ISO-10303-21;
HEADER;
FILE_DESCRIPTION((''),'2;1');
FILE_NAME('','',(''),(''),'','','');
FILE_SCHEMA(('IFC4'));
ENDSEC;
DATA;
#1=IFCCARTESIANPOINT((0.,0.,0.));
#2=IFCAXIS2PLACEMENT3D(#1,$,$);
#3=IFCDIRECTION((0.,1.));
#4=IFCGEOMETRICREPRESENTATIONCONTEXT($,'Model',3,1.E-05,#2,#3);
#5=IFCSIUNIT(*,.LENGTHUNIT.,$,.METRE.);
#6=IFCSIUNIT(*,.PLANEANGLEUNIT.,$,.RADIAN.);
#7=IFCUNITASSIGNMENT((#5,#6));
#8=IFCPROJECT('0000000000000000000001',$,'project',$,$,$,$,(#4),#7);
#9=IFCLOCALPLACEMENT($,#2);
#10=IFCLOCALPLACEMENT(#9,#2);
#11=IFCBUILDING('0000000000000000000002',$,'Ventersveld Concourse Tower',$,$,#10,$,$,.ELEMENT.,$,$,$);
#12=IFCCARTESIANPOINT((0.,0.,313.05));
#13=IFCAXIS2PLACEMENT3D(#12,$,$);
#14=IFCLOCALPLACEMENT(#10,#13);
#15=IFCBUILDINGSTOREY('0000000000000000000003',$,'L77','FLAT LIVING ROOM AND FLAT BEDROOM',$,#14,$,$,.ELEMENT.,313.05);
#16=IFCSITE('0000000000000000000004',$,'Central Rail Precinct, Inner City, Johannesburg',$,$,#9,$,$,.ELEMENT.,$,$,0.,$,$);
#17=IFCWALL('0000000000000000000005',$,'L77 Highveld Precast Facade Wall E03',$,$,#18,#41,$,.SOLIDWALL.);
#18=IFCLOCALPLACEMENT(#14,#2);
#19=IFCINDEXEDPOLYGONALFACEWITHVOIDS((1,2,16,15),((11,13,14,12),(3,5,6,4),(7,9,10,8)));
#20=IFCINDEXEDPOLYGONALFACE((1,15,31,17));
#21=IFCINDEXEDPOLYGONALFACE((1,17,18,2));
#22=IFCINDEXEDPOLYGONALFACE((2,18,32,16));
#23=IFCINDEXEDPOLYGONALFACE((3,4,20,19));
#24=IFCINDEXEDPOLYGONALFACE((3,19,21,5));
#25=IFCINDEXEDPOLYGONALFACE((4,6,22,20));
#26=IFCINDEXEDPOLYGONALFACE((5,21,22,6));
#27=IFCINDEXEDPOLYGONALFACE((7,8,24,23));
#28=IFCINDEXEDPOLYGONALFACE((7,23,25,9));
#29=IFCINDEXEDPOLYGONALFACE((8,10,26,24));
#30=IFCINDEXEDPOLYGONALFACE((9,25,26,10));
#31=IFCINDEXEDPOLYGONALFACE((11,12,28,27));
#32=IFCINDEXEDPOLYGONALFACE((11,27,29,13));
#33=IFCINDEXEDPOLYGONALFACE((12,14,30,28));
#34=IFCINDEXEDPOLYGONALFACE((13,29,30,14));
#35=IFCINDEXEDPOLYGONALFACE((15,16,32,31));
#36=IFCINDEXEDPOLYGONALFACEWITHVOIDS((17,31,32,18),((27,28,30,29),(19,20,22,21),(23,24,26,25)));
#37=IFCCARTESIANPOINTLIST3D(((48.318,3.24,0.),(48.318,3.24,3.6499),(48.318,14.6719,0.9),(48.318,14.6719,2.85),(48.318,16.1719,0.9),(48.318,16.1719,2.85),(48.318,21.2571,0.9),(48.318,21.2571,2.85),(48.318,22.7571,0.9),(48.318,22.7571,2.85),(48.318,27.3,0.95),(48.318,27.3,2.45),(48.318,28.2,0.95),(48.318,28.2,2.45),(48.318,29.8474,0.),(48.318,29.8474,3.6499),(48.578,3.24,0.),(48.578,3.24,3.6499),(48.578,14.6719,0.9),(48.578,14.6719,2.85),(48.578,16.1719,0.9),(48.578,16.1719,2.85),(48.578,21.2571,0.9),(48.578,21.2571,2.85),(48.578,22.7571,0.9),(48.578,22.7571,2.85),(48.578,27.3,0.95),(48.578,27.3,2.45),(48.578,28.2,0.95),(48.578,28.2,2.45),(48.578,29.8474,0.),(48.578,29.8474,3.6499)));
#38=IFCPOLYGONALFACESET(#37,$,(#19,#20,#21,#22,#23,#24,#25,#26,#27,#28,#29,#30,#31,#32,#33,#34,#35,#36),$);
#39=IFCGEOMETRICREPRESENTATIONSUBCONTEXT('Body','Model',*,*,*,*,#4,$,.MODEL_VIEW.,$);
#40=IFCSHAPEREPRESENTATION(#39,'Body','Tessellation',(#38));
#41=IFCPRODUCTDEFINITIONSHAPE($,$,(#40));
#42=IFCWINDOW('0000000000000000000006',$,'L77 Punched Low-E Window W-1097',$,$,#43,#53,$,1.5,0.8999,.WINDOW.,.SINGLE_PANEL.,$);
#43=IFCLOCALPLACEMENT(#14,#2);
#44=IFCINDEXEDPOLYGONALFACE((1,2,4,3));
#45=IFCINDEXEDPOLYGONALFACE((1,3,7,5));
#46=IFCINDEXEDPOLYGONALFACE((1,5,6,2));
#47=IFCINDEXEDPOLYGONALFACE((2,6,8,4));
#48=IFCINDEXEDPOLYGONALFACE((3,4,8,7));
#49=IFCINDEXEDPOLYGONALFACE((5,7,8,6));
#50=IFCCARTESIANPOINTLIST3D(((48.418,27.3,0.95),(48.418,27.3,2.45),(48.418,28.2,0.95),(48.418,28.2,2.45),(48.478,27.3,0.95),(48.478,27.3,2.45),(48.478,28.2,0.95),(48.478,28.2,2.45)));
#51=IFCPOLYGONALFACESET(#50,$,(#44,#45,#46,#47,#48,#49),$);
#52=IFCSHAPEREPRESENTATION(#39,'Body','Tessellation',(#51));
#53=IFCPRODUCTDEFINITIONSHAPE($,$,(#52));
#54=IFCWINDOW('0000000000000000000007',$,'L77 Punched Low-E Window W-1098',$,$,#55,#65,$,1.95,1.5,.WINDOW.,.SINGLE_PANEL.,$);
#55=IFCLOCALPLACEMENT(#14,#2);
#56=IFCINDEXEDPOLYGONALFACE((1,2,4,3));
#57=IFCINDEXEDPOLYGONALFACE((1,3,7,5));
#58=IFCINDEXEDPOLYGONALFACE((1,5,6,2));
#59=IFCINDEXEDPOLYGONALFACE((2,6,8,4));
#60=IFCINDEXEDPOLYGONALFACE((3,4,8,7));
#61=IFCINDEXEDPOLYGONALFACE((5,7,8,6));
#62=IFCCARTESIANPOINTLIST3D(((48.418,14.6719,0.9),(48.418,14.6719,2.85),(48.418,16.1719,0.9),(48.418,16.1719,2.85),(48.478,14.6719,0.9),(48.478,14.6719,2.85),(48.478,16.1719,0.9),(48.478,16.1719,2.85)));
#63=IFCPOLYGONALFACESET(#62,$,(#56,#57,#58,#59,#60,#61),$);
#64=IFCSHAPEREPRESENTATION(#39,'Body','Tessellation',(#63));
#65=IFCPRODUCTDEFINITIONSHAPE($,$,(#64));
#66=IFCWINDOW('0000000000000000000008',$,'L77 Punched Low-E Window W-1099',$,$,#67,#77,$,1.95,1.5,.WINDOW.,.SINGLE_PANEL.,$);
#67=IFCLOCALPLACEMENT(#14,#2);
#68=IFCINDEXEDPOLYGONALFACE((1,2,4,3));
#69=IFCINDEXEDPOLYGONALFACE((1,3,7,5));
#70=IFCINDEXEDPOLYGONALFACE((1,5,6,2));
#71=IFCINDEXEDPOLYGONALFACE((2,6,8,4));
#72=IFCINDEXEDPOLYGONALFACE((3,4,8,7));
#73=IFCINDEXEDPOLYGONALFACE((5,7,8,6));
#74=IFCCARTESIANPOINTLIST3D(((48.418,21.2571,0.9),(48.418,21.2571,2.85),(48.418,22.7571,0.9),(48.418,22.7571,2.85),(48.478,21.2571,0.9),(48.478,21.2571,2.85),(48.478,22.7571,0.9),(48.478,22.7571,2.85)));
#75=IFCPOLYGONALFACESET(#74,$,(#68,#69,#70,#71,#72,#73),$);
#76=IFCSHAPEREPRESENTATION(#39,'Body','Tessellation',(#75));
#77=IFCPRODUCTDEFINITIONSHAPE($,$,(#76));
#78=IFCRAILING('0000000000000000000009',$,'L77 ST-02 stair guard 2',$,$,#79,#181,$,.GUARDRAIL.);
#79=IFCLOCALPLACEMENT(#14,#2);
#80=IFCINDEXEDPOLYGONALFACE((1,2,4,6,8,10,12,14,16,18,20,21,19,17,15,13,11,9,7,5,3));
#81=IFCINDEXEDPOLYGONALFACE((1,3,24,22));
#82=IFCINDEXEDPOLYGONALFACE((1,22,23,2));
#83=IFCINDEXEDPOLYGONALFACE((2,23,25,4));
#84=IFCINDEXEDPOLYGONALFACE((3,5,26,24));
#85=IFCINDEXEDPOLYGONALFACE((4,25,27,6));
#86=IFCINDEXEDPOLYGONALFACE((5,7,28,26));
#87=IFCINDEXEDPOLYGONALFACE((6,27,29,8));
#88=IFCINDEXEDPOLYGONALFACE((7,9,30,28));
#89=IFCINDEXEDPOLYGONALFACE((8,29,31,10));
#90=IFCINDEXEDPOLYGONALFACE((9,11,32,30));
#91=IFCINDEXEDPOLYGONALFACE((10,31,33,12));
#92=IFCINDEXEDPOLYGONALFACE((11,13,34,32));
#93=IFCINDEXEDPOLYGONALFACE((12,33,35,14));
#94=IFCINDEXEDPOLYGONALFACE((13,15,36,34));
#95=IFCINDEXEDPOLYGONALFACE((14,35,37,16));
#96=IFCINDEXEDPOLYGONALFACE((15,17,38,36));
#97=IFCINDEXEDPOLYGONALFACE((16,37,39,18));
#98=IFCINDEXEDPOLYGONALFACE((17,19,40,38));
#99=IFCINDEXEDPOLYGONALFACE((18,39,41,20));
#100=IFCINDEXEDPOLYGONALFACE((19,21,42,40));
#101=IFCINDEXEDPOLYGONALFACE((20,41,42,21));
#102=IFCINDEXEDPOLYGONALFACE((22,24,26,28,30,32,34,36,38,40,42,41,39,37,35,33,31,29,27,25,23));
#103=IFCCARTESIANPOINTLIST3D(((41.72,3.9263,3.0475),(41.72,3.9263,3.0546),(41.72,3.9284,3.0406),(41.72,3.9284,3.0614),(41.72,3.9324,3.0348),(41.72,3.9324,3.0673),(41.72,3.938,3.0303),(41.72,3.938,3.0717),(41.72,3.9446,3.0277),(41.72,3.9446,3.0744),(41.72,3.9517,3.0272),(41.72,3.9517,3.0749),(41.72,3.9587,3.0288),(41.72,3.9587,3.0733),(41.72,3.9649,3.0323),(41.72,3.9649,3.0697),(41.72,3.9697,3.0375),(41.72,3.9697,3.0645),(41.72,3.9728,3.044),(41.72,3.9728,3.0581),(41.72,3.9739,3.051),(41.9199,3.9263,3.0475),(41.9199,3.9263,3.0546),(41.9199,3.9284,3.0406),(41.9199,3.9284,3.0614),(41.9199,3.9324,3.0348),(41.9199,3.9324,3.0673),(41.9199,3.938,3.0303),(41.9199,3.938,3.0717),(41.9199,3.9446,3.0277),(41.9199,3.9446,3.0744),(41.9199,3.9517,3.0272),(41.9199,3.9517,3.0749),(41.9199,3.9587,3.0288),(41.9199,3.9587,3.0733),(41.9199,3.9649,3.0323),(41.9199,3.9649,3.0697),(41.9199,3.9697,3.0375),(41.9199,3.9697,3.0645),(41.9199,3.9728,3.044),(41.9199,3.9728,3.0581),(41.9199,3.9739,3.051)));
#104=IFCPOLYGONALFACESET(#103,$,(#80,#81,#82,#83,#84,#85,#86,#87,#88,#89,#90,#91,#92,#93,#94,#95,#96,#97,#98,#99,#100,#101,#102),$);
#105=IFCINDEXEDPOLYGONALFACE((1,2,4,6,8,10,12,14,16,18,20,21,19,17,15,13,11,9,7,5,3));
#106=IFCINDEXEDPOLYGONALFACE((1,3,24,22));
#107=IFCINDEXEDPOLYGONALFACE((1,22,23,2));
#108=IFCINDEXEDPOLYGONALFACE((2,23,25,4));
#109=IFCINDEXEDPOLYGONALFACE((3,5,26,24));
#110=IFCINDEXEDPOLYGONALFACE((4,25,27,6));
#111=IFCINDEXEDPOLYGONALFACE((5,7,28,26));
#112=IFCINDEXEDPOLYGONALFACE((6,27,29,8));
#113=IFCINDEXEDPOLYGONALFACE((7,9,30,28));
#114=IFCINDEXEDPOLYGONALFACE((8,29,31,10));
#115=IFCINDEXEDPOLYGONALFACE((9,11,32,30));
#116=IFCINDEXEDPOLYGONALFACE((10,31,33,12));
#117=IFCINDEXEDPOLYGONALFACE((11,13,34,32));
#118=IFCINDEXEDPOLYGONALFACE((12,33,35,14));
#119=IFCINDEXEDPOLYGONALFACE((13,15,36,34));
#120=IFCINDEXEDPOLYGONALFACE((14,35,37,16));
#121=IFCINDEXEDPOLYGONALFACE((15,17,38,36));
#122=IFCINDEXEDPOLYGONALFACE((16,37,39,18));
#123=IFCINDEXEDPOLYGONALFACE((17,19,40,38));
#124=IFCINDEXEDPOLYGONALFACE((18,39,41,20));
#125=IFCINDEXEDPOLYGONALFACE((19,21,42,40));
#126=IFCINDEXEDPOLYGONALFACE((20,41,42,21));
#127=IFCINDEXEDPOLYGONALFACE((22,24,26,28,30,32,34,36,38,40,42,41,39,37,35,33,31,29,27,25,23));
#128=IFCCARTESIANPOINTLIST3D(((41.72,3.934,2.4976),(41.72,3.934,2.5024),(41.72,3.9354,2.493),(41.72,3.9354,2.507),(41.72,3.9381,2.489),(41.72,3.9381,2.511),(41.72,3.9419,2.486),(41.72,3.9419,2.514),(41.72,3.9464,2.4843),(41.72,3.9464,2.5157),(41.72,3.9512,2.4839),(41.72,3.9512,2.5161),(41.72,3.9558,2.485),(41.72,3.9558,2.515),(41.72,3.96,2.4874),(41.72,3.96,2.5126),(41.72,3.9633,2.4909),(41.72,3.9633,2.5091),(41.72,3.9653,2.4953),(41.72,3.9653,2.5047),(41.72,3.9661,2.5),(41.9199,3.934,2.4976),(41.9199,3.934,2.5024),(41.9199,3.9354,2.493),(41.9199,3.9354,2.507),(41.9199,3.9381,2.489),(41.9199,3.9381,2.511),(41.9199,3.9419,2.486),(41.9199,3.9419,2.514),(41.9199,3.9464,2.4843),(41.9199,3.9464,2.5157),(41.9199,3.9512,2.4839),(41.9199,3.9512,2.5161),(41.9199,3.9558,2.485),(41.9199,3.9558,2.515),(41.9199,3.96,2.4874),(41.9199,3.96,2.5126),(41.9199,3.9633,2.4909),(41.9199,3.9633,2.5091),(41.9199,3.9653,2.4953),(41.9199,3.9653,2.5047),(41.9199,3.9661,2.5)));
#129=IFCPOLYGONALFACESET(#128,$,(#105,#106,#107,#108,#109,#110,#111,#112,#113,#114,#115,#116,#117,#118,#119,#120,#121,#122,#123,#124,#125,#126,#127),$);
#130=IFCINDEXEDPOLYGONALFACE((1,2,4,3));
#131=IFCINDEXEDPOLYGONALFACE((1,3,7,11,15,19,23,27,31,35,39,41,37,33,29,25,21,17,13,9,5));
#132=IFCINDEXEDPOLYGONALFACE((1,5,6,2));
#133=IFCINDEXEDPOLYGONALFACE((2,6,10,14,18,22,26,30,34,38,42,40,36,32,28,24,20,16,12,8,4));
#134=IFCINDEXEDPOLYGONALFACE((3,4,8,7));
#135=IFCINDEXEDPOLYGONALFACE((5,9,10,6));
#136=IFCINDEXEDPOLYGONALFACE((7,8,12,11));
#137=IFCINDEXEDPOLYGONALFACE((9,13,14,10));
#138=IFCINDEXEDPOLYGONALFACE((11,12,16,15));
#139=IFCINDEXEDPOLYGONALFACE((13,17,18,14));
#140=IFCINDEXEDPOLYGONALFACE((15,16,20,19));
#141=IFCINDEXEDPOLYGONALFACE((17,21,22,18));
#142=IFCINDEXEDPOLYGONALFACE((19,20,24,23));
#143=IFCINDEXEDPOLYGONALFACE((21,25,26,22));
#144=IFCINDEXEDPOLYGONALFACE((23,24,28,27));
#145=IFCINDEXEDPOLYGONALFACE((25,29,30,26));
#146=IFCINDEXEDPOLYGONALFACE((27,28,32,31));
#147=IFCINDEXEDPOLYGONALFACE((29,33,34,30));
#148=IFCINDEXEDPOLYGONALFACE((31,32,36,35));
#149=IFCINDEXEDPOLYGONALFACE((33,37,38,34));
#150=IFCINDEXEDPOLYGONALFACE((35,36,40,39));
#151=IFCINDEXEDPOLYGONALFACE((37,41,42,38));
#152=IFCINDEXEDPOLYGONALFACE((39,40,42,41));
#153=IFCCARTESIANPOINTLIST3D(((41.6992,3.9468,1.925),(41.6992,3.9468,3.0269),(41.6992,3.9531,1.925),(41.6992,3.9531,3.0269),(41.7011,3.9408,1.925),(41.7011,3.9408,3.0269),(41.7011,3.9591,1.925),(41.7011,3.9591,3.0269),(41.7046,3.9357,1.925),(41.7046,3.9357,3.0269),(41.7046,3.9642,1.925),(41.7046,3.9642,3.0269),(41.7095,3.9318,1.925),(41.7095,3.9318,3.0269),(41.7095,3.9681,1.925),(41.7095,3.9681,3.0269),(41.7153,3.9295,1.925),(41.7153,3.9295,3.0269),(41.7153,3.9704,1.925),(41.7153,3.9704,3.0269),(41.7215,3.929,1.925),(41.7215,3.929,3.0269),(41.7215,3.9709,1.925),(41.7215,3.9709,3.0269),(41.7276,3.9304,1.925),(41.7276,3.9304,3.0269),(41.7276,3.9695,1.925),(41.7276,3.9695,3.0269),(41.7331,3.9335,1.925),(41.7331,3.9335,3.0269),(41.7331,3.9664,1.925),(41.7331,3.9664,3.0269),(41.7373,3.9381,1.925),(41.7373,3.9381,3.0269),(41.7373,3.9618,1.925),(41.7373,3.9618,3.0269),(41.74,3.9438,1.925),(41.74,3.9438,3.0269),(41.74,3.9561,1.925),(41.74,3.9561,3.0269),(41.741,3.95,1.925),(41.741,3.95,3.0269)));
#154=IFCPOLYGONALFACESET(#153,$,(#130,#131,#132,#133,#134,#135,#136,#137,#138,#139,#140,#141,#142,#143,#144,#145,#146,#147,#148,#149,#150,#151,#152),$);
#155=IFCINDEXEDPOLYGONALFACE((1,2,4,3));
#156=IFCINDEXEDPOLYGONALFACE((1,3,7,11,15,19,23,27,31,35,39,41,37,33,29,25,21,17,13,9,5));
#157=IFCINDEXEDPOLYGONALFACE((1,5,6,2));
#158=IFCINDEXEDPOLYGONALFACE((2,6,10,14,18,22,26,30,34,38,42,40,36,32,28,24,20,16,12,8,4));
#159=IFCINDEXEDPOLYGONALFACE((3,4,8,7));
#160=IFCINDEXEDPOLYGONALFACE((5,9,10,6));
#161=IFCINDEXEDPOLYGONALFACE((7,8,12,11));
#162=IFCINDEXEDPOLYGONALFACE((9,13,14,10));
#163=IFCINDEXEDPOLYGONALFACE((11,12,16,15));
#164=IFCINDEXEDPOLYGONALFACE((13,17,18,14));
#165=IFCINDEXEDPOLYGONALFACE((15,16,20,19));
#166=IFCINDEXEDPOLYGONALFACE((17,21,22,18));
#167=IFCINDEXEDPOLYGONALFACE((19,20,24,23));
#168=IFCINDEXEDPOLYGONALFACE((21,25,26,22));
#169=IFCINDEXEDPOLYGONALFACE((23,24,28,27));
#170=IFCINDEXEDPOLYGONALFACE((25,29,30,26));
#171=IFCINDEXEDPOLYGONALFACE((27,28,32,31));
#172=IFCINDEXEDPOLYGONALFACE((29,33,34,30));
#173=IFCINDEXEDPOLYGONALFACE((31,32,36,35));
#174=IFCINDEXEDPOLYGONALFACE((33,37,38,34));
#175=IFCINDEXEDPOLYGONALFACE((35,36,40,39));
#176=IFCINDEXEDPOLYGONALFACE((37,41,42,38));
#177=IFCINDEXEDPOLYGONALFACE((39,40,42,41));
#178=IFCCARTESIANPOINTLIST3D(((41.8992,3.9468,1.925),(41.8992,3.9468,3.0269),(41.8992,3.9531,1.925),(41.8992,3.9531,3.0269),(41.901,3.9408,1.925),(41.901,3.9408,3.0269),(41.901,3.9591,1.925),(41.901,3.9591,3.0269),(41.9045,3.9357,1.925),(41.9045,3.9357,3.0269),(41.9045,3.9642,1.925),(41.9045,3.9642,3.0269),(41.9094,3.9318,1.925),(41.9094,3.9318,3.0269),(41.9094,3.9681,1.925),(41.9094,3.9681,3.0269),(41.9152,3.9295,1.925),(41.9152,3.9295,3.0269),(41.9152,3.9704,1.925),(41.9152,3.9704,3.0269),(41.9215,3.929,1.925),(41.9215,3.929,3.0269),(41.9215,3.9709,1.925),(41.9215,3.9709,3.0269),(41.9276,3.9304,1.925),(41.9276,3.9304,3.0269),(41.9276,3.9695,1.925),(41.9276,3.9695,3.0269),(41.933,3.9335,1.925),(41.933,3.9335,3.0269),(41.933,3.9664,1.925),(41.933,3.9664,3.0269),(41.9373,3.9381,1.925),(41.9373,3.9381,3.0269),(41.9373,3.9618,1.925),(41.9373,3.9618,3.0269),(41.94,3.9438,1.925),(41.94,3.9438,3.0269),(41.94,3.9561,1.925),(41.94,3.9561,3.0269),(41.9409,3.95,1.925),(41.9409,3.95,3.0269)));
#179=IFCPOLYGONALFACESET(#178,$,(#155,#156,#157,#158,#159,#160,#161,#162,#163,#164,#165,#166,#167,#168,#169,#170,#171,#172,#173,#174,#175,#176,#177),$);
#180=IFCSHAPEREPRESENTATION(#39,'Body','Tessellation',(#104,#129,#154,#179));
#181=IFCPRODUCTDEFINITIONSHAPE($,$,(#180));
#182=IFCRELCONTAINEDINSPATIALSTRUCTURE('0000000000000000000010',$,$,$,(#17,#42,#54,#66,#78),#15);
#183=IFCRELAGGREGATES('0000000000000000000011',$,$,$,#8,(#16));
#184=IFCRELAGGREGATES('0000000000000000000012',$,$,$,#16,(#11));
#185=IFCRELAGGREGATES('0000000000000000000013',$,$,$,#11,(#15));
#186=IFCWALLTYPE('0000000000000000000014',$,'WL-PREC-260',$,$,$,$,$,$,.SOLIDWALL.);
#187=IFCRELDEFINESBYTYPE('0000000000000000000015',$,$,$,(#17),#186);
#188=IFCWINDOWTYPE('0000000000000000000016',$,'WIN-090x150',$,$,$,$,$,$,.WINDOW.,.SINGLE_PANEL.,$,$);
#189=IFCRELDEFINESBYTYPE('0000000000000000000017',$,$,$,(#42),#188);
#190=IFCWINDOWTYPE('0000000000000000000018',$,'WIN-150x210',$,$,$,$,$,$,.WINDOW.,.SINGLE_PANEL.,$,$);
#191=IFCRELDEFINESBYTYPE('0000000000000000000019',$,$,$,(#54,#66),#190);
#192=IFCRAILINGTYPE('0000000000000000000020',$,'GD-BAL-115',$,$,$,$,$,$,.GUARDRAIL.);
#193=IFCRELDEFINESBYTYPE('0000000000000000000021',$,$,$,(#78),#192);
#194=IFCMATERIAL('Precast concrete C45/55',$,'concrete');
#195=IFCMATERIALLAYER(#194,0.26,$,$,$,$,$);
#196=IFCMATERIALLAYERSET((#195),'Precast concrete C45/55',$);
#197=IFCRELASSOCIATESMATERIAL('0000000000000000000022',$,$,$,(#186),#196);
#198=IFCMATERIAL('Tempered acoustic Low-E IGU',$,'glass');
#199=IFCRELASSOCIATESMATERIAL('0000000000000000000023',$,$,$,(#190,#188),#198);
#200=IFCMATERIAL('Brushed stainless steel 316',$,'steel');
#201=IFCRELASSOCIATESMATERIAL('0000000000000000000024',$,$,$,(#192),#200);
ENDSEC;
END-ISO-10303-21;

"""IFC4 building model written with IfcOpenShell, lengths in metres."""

from ifc_helpers import new_model, si_unit, direction, frame, frame_2d, origin, origin_2d, place, context, subcontext, project, spatial, rectangle, circle, extrude, material, layer, layer_set, type_object, element, fill, save


model = new_model("IFC4")

# Units and contexts
model_context = context("Model", 3, precision=1e-05, world=origin(), true_north=direction((0.0, 1.0)))
body_context = subcontext(model_context, "Body", "Model", "MODEL_VIEW")
ifc_project = project(units=[si_unit("LENGTHUNIT", "METRE"), si_unit("PLANEANGLEUNIT", "RADIAN")], contexts=[model_context])

# Site, building, storey
site_placement = place(None, origin())
site = spatial("IfcSite", under=ifc_project, at=site_placement, Name="Central Rail Precinct, Inner City, Johannesburg", CompositionType="ELEMENT", RefElevation=0.0)
building_placement = place(site_placement, origin())
building = spatial("IfcBuilding", under=site, at=building_placement, Name="Ventersveld Concourse Tower", CompositionType="ELEMENT")
storey_placement = place(building_placement, frame((0.0, 0.0, 313.05)))
storey = spatial("IfcBuildingStorey", under=building, at=storey_placement, Name="L77", Description="FLAT LIVING ROOM AND FLAT BEDROOM", CompositionType="ELEMENT", Elevation=313.05)

# Shared definitions
ifc_material_1 = material(Name="Precast concrete C45/55", Category="concrete")
ifc_layer_1 = layer(ifc_material_1, 0.26)
ifc_layer_set_1 = layer_set([ifc_layer_1], Name="Precast concrete C45/55")
wall_type_1 = type_object("IfcWallType", Name="WL-PREC-260", PredefinedType="SOLIDWALL", material=ifc_layer_set_1)

# Shared definitions
ifc_material_2 = material(Name="Tempered acoustic Low-E IGU", Category="glass")
window_type_1 = type_object("IfcWindowType", Name="WIN-150x210", PartitioningType="SINGLE_PANEL", PredefinedType="WINDOW", material=ifc_material_2)

# Wall, openings, windows
wall_1_placement = place(storey_placement, frame((48.448, 3.24, 0.0), z_axis=(0.0, 0.0, 1.0), x_axis=(0.0, 1.0, 0.0)))
wall_1 = element("IfcWall", 1, at=wall_1_placement, inside=storey, type_object=wall_type_1, Name="L77 Highveld Precast Facade Wall E03", PredefinedType="SOLIDWALL", context=body_context, shape_type="SweptSolid", body=[
    extrude(rectangle(XDim=26.6074, YDim=0.26, at=frame_2d((13.3037, 0.0))), origin(), (0.0, 0.0, 1.0), 3.6499),
])
opening_1_placement = place(wall_1_placement, frame((24.0601, 0.0, 0.95)))
opening_1 = element("IfcOpeningElement", 2, at=opening_1_placement, cuts=wall_1, PredefinedType="OPENING", context=body_context, shape_type="SweptSolid", body=[
    extrude(rectangle(XDim=0.8999, YDim=1.5, at=frame_2d((0.45, 0.75))), frame((0.0, 0.1401, 0.0), z_axis=(0.0, -1.0, 0.0), x_axis=(1.0, 0.0, 0.0)), (0.0, 0.0, 1.0), 0.28),
])
opening_2_placement = place(wall_1_placement, frame((11.4319, 0.0, 0.8999)))
opening_2 = element("IfcOpeningElement", 3, at=opening_2_placement, cuts=wall_1, PredefinedType="OPENING", context=body_context, shape_type="SweptSolid", body=[
    extrude(rectangle(XDim=1.5, YDim=1.95, at=frame_2d((0.75, 0.9751))), frame((0.0, 0.1401, 0.0), z_axis=(0.0, -1.0, 0.0), x_axis=(1.0, 0.0, 0.0)), (0.0, 0.0, 1.0), 0.28),
])
opening_3_placement = place(wall_1_placement, frame((18.0171, 0.0, 0.8999)))
opening_3 = element("IfcOpeningElement", 4, at=opening_3_placement, cuts=wall_1, PredefinedType="OPENING", context=body_context, shape_type="SweptSolid", body=[
    extrude(rectangle(XDim=1.5, YDim=1.95, at=frame_2d((0.75, 0.9751))), frame((0.0, 0.1401, 0.0), z_axis=(0.0, -1.0, 0.0), x_axis=(1.0, 0.0, 0.0)), (0.0, 0.0, 1.0), 0.28),
])
window_type_2 = type_object("IfcWindowType", Name="WIN-090x150", PartitioningType="SINGLE_PANEL", PredefinedType="WINDOW", material=ifc_material_2)
window_1_placement = place(opening_1_placement, origin())
window_1 = element("IfcWindow", 5, at=window_1_placement, inside=storey, type_object=window_type_2, Name="L77 Punched Low-E Window W-1097", OverallHeight=1.5, OverallWidth=0.8999, PartitioningType="SINGLE_PANEL", PredefinedType="WINDOW", context=body_context, shape_type="SweptSolid", body=[
    extrude(rectangle(XDim=0.8999, YDim=1.5, at=frame_2d((0.45, 0.75))), frame((0.0, 0.03, 0.0), z_axis=(0.0, -1.0, 0.0), x_axis=(1.0, 0.0, 0.0)), (0.0, 0.0, 1.0), 0.0601),
])
fill(opening_1, window_1)
window_2_placement = place(opening_2_placement, origin())
window_2 = element("IfcWindow", 6, at=window_2_placement, inside=storey, type_object=window_type_1, Name="L77 Punched Low-E Window W-1098", OverallHeight=1.95, OverallWidth=1.5, PartitioningType="SINGLE_PANEL", PredefinedType="WINDOW", context=body_context, shape_type="SweptSolid", body=[
    extrude(rectangle(XDim=1.5, YDim=1.95, at=frame_2d((0.75, 0.9751))), frame((0.0, 0.03, 0.0), z_axis=(0.0, -1.0, 0.0), x_axis=(1.0, 0.0, 0.0)), (0.0, 0.0, 1.0), 0.0601),
])
fill(opening_2, window_2)
window_3_placement = place(opening_3_placement, origin())
window_3 = element("IfcWindow", 7, at=window_3_placement, inside=storey, type_object=window_type_1, Name="L77 Punched Low-E Window W-1099", OverallHeight=1.95, OverallWidth=1.5, PartitioningType="SINGLE_PANEL", PredefinedType="WINDOW", context=body_context, shape_type="SweptSolid", body=[
    extrude(rectangle(XDim=1.5, YDim=1.95, at=frame_2d((0.75, 0.9751))), frame((0.0, 0.03, 0.0), z_axis=(0.0, -1.0, 0.0), x_axis=(1.0, 0.0, 0.0)), (0.0, 0.0, 1.0), 0.0601),
])
fill(opening_3, window_3)

# Railing
ifc_material_3 = material(Name="Brushed stainless steel 316", Category="steel")
railing_type = type_object("IfcRailingType", Name="GD-BAL-115", PredefinedType="GUARDRAIL", material=ifc_material_3)
railing_1_placement = place(storey_placement, frame((41.72, 3.95, 1.925)))
element("IfcRailing", 8, at=railing_1_placement, inside=storey, type_object=railing_type, Name="L77 ST-02 stair guard 2", PredefinedType="GUARDRAIL", context=body_context, shape_type="SweptSolid", body=[
    extrude(circle(Radius=0.0239, at=origin_2d()), frame((0.0, 0.0, 1.126), z_axis=(1.0, 0.0, 0.0), x_axis=(0.0, 1.0, 0.0)), (0.0, 0.0, 1.0), 0.2),
    extrude(circle(Radius=0.0161, at=origin_2d()), frame((0.0, 0.0, 0.575), z_axis=(1.0, 0.0, 0.0), x_axis=(0.0, 1.0, 0.0)), (0.0, 0.0, 1.0), 0.2),
    extrude(circle(Radius=0.021, at=origin_2d()), origin(), (0.0, 0.0, 1.0), 1.1018),
    extrude(circle(Radius=0.021, at=origin_2d()), frame((0.2, 0.0, 0.0)), (0.0, 0.0, 1.0), 1.1018),
])

save(model, "model.ifc")
